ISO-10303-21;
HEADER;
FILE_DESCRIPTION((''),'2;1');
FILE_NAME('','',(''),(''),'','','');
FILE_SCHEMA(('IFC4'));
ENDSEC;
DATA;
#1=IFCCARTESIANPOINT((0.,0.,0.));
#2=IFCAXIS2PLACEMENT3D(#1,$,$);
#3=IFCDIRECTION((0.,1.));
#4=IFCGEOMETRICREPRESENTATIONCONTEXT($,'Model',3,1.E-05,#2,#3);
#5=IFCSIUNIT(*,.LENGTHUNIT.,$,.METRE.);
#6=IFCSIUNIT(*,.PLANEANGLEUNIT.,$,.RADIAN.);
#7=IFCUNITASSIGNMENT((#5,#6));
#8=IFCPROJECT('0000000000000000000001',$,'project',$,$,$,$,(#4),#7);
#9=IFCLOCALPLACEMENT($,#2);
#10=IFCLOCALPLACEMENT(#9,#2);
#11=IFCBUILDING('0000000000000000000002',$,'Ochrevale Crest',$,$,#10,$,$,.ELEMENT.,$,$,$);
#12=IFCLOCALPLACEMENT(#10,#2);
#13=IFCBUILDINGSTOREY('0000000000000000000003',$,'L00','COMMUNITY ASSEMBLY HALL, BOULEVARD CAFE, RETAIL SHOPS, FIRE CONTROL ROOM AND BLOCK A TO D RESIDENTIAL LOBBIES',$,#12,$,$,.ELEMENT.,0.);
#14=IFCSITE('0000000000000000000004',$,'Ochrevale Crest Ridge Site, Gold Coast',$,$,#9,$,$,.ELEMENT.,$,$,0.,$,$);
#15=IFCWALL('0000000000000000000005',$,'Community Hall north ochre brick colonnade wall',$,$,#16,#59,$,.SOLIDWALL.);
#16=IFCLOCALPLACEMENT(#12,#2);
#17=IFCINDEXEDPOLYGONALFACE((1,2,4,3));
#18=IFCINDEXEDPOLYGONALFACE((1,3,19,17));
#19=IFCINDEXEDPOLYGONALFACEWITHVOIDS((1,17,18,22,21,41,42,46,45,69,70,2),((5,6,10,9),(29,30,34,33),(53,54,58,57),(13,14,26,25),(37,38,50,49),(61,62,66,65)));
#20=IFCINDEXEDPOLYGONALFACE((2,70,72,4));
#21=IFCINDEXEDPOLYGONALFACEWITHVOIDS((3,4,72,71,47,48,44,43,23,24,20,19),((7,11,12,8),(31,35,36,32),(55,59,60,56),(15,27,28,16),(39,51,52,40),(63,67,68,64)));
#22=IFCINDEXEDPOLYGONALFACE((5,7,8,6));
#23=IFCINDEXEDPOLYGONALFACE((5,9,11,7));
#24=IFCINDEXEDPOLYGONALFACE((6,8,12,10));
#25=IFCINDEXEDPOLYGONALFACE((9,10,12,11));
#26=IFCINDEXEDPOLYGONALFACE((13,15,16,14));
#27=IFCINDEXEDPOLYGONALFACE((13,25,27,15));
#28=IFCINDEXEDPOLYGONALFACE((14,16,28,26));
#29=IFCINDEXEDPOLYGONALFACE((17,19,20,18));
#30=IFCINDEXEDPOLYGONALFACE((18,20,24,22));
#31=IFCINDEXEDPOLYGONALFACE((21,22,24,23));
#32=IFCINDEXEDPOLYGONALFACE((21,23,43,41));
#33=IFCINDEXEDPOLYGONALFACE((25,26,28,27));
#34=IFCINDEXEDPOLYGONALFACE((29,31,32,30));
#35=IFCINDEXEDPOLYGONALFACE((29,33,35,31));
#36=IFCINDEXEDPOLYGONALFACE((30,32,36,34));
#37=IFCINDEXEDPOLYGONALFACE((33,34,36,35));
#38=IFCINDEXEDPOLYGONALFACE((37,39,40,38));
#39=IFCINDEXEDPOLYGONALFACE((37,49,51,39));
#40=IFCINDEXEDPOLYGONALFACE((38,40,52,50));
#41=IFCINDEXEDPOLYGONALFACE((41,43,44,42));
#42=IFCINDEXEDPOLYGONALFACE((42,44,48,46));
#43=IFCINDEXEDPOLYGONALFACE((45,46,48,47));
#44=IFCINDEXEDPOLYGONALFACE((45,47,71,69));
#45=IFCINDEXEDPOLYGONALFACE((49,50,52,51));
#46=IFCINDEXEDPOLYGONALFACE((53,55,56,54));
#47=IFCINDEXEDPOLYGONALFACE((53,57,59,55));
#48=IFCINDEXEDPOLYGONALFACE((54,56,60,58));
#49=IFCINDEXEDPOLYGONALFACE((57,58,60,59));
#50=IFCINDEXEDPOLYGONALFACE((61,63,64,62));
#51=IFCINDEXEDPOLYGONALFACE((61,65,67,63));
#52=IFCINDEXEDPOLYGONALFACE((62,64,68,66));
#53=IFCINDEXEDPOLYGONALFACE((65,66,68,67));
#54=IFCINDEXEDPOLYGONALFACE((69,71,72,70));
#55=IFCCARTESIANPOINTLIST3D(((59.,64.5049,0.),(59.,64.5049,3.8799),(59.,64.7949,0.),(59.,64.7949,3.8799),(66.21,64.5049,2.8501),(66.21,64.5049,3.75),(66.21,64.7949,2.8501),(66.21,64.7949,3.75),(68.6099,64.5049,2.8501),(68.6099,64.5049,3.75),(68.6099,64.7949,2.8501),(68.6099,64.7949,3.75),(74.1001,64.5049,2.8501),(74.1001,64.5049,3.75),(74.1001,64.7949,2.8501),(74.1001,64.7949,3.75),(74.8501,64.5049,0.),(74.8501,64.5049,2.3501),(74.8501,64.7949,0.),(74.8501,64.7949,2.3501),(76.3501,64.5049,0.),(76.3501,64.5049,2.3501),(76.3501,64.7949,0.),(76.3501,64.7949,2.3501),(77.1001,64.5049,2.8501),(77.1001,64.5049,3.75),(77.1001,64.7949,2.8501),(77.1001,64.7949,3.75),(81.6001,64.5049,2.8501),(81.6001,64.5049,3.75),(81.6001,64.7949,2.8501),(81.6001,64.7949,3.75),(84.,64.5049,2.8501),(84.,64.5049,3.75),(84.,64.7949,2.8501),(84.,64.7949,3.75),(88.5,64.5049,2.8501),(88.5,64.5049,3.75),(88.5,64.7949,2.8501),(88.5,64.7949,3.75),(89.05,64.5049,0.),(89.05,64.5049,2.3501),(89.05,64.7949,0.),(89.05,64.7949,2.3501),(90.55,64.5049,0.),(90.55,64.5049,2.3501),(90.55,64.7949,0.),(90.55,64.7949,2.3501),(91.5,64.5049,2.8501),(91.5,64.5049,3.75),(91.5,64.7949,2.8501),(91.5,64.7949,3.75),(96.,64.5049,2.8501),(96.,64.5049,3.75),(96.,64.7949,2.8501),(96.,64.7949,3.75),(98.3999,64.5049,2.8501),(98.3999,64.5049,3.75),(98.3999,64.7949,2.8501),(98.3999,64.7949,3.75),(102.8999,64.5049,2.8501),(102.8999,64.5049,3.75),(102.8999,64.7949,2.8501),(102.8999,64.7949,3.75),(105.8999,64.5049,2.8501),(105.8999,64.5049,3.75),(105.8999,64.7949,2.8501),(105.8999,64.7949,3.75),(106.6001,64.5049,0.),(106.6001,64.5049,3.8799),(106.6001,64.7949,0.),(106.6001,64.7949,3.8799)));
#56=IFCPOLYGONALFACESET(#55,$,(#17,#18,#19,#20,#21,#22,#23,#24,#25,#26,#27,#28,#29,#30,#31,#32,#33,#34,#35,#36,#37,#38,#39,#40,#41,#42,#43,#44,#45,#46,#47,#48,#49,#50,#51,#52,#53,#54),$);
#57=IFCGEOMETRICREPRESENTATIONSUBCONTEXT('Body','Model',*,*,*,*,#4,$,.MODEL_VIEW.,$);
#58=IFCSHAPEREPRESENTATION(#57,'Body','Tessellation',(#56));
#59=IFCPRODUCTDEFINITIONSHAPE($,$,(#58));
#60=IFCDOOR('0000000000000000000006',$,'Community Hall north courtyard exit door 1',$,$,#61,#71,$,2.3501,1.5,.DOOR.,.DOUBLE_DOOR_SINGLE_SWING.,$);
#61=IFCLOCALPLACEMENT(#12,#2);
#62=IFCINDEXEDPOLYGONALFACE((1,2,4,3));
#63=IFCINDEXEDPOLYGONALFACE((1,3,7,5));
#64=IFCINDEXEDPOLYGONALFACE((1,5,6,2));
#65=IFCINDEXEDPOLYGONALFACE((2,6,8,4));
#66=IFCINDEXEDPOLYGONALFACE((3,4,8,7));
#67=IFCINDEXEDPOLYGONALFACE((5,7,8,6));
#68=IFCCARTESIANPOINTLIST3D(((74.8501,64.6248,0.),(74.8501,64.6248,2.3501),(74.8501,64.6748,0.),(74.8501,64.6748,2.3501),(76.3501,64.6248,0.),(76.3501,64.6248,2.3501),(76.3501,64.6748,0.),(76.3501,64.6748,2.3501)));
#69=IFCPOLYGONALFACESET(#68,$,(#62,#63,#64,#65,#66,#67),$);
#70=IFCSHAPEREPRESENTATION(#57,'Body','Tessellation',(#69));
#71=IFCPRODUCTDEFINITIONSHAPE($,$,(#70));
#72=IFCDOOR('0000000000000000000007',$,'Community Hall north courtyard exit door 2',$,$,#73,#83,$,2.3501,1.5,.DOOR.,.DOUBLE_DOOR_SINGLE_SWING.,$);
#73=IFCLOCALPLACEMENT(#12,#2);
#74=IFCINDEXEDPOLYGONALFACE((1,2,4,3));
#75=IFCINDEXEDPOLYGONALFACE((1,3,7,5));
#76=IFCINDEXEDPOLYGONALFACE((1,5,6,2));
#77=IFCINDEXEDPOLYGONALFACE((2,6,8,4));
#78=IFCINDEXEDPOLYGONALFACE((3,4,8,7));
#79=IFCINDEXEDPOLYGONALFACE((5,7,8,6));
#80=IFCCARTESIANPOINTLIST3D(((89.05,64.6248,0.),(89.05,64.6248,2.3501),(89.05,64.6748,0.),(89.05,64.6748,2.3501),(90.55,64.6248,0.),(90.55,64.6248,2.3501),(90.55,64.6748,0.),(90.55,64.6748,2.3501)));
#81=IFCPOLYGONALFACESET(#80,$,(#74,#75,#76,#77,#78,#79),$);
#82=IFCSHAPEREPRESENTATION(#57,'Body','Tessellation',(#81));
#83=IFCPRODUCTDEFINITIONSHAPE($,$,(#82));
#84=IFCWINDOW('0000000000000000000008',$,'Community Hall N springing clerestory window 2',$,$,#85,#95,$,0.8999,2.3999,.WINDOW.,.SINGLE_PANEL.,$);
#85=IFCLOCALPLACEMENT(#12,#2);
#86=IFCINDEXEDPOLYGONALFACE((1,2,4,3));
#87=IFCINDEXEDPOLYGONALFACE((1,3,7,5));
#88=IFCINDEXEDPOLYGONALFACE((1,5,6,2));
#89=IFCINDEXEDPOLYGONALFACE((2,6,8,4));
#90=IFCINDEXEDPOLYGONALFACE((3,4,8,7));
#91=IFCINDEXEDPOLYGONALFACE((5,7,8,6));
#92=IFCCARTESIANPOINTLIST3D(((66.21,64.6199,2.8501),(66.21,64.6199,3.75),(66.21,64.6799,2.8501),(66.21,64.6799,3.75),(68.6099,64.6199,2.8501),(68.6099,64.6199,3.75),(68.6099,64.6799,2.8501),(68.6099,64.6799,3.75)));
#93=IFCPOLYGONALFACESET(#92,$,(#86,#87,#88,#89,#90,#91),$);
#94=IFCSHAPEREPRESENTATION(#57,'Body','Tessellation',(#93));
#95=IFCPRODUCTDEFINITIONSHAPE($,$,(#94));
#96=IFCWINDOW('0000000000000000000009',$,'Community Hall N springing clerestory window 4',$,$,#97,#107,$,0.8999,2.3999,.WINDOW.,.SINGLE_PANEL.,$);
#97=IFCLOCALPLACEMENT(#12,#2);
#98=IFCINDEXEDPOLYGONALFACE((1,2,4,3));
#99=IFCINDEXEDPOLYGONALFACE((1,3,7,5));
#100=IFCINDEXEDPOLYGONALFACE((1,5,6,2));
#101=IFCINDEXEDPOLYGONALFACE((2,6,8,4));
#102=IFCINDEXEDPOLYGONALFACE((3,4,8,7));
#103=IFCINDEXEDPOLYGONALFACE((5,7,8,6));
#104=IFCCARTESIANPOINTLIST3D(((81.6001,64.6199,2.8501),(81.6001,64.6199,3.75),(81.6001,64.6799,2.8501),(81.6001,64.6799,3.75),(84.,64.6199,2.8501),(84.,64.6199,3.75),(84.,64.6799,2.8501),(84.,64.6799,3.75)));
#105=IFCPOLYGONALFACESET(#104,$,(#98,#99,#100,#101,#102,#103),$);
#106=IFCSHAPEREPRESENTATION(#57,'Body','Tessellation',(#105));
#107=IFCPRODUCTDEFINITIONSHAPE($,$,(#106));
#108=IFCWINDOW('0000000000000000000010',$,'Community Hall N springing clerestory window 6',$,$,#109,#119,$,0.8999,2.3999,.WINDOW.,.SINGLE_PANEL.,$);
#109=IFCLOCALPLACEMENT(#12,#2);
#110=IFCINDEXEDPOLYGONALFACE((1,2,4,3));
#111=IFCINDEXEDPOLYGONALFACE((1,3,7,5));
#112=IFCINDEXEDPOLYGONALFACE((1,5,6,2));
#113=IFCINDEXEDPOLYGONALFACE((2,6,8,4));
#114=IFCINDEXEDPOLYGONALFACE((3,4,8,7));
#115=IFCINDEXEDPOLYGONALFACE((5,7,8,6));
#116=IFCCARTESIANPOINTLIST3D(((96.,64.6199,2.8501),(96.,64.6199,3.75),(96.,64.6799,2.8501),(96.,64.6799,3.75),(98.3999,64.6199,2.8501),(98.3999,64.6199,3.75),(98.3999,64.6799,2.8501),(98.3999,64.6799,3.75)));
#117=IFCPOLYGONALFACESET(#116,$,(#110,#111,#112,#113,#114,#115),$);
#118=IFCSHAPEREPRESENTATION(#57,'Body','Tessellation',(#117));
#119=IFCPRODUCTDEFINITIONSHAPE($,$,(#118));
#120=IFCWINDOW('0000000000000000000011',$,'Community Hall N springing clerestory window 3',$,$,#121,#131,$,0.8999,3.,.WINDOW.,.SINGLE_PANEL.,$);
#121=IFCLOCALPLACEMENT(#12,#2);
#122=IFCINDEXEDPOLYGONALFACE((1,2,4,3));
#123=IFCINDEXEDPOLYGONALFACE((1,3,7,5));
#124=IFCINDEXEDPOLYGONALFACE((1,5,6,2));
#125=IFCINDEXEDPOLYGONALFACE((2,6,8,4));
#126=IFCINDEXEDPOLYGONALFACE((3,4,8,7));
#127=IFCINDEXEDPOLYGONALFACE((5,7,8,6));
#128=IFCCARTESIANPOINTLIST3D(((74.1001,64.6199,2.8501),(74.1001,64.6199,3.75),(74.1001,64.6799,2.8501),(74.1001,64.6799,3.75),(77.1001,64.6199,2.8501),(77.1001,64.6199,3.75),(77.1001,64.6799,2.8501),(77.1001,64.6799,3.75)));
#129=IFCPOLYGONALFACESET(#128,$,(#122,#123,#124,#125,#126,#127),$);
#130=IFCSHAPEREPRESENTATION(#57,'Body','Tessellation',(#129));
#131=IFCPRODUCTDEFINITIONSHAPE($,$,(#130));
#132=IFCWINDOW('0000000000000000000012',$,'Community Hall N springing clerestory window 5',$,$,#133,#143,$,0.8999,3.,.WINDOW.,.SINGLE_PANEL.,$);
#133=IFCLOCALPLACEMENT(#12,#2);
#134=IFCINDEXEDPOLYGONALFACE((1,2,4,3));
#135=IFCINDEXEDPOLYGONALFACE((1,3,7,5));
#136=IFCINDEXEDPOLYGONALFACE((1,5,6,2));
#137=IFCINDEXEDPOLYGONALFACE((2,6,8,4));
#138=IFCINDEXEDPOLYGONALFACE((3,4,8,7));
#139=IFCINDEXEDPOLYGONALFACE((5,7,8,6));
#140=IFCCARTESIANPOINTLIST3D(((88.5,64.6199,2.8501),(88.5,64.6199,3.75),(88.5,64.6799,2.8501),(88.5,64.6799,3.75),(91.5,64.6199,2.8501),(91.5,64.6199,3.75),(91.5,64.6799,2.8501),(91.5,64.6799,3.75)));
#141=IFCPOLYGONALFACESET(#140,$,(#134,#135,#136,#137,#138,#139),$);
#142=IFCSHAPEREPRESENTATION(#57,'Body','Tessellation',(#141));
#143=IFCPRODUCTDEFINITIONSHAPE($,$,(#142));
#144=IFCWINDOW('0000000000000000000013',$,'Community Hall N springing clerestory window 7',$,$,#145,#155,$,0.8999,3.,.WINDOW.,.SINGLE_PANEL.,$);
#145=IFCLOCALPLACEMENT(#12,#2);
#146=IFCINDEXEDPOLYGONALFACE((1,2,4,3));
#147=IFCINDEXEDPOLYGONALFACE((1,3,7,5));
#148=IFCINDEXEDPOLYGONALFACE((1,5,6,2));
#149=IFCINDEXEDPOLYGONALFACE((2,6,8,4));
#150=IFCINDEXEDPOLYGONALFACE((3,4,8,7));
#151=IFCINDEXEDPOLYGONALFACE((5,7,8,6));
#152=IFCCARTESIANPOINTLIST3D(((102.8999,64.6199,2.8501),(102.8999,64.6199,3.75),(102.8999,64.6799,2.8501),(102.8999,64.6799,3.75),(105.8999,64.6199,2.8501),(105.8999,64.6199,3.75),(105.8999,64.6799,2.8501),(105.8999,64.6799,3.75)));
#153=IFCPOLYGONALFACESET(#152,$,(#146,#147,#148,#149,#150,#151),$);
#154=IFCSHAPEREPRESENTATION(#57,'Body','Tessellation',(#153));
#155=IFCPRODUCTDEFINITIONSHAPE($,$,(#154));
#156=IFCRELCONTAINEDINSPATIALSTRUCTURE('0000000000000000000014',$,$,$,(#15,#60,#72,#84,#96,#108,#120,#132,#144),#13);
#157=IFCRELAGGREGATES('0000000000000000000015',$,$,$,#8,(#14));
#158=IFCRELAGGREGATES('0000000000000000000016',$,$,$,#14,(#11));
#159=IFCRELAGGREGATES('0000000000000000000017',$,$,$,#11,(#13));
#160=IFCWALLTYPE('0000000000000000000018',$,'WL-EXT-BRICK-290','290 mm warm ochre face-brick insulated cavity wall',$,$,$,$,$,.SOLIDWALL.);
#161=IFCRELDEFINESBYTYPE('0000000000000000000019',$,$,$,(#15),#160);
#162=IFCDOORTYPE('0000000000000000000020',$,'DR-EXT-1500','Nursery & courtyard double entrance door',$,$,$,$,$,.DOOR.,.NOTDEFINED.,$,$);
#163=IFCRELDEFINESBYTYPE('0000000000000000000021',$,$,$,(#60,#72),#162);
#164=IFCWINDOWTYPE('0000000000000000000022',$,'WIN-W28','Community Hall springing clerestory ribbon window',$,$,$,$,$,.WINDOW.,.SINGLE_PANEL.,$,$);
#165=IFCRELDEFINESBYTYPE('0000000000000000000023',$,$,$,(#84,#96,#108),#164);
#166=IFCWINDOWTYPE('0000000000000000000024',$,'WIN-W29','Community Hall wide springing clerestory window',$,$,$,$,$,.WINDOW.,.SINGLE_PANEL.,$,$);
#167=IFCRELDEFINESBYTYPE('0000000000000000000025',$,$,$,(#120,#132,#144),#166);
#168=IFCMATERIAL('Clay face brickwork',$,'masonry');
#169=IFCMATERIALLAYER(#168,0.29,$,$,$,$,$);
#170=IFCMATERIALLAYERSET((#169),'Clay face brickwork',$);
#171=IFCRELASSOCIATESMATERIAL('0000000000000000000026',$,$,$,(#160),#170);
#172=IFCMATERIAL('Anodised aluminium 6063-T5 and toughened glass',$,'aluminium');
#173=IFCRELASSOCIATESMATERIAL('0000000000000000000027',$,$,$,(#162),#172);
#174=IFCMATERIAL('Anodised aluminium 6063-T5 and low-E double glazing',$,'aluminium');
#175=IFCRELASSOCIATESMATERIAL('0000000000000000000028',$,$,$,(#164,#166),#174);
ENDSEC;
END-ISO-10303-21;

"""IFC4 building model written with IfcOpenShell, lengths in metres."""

from ifc_helpers import new_model, si_unit, direction, frame, frame_2d, origin, place, context, subcontext, project, spatial, rectangle, extrude, material, layer, layer_set, type_object, element, fill, save


model = new_model("IFC4")

# Units and contexts
model_context = context("Model", 3, precision=1e-05, world=origin(), true_north=direction((0.0, 1.0)))
body_context = subcontext(model_context, "Body", "Model", "MODEL_VIEW")
ifc_project = project(units=[si_unit("LENGTHUNIT", "METRE"), si_unit("PLANEANGLEUNIT", "RADIAN")], contexts=[model_context])

# Site, building, storey
site_placement = place(None, origin())
site = spatial("IfcSite", under=ifc_project, at=site_placement, Name="Ochrevale Crest Ridge Site, Gold Coast", CompositionType="ELEMENT", RefElevation=0.0)
building_placement = place(site_placement, origin())
building = spatial("IfcBuilding", under=site, at=building_placement, Name="Ochrevale Crest", CompositionType="ELEMENT")
storey_placement = place(building_placement, origin())
storey = spatial("IfcBuildingStorey", under=building, at=storey_placement, Name="L00", Description="COMMUNITY ASSEMBLY HALL, BOULEVARD CAFE, RETAIL SHOPS, FIRE CONTROL ROOM AND BLOCK A TO D RESIDENTIAL LOBBIES", CompositionType="ELEMENT", Elevation=0.0)

# Wall, openings, doors, windows
ifc_material_1 = material(Name="Clay face brickwork", Category="masonry")
ifc_layer_1 = layer(ifc_material_1, 0.29)
ifc_layer_set_1 = layer_set([ifc_layer_1], Name="Clay face brickwork")
wall_type_1 = type_object("IfcWallType", Name="WL-EXT-BRICK-290", Description="290 mm warm ochre face-brick insulated cavity wall", PredefinedType="SOLIDWALL", material=ifc_layer_set_1)
wall_1_placement = place(storey_placement, frame((59.0, 64.6499, 0.0), z_axis=(0.0, 0.0, 1.0), x_axis=(1.0, 0.0, 0.0)))
wall_1 = element("IfcWall", 1, at=wall_1_placement, inside=storey, type_object=wall_type_1, Name="Community Hall north ochre brick colonnade wall", PredefinedType="SOLIDWALL", context=body_context, shape_type="SweptSolid", body=[
    extrude(rectangle(XDim=47.6001, YDim=0.29, at=frame_2d((23.8, 0.0))), origin(), (0.0, 0.0, 1.0), 3.8799),
])
opening_1_placement = place(wall_1_placement, frame((15.8501, 0.0, 0.0)))
opening_1 = element("IfcOpeningElement", 2, at=opening_1_placement, cuts=wall_1, PredefinedType="OPENING", context=body_context, shape_type="SweptSolid", body=[
    extrude(rectangle(XDim=1.5, YDim=2.3501, at=frame_2d((0.75, 1.175))), frame((0.0, 0.155, 0.0), z_axis=(0.0, -1.0, 0.0), x_axis=(1.0, 0.0, 0.0)), (0.0, 0.0, 1.0), 0.3101),
])
opening_2_placement = place(wall_1_placement, frame((30.05, 0.0, 0.0)))
opening_2 = element("IfcOpeningElement", 3, at=opening_2_placement, cuts=wall_1, PredefinedType="OPENING", context=body_context, shape_type="SweptSolid", body=[
    extrude(rectangle(XDim=1.5, YDim=2.3501, at=frame_2d((0.75, 1.175))), frame((0.0, 0.155, 0.0), z_axis=(0.0, -1.0, 0.0), x_axis=(1.0, 0.0, 0.0)), (0.0, 0.0, 1.0), 0.3101),
])
opening_3_placement = place(wall_1_placement, frame((7.21, 0.0, 2.8501)))
opening_3 = element("IfcOpeningElement", 4, at=opening_3_placement, cuts=wall_1, PredefinedType="OPENING", context=body_context, shape_type="SweptSolid", body=[
    extrude(rectangle(XDim=2.3999, YDim=0.8999, at=frame_2d((1.2, 0.45))), frame((0.0, 0.155, 0.0), z_axis=(0.0, -1.0, 0.0), x_axis=(1.0, 0.0, 0.0)), (0.0, 0.0, 1.0), 0.3101),
])
opening_4_placement = place(wall_1_placement, frame((15.1001, 0.0, 2.8501)))
opening_4 = element("IfcOpeningElement", 5, at=opening_4_placement, cuts=wall_1, PredefinedType="OPENING", context=body_context, shape_type="SweptSolid", body=[
    extrude(rectangle(XDim=3.0, YDim=0.8999, at=frame_2d((1.5, 0.45))), frame((0.0, 0.155, 0.0), z_axis=(0.0, -1.0, 0.0), x_axis=(1.0, 0.0, 0.0)), (0.0, 0.0, 1.0), 0.3101),
])
opening_5_placement = place(wall_1_placement, frame((22.6001, 0.0, 2.8501)))
opening_5 = element("IfcOpeningElement", 6, at=opening_5_placement, cuts=wall_1, PredefinedType="OPENING", context=body_context, shape_type="SweptSolid", body=[
    extrude(rectangle(XDim=2.3999, YDim=0.8999, at=frame_2d((1.2, 0.45))), frame((0.0, 0.155, 0.0), z_axis=(0.0, -1.0, 0.0), x_axis=(1.0, 0.0, 0.0)), (0.0, 0.0, 1.0), 0.3101),
])
opening_6_placement = place(wall_1_placement, frame((29.5, 0.0, 2.8501)))
opening_6 = element("IfcOpeningElement", 7, at=opening_6_placement, cuts=wall_1, PredefinedType="OPENING", context=body_context, shape_type="SweptSolid", body=[
    extrude(rectangle(XDim=3.0, YDim=0.8999, at=frame_2d((1.5, 0.45))), frame((0.0, 0.155, 0.0), z_axis=(0.0, -1.0, 0.0), x_axis=(1.0, 0.0, 0.0)), (0.0, 0.0, 1.0), 0.3101),
])
opening_7_placement = place(wall_1_placement, frame((37.0, 0.0, 2.8501)))
opening_7 = element("IfcOpeningElement", 8, at=opening_7_placement, cuts=wall_1, PredefinedType="OPENING", context=body_context, shape_type="SweptSolid", body=[
    extrude(rectangle(XDim=2.3999, YDim=0.8999, at=frame_2d((1.2, 0.45))), frame((0.0, 0.155, 0.0), z_axis=(0.0, -1.0, 0.0), x_axis=(1.0, 0.0, 0.0)), (0.0, 0.0, 1.0), 0.3101),
])
opening_8_placement = place(wall_1_placement, frame((43.8999, 0.0, 2.8501)))
opening_8 = element("IfcOpeningElement", 9, at=opening_8_placement, cuts=wall_1, PredefinedType="OPENING", context=body_context, shape_type="SweptSolid", body=[
    extrude(rectangle(XDim=3.0, YDim=0.8999, at=frame_2d((1.5, 0.45))), frame((0.0, 0.155, 0.0), z_axis=(0.0, -1.0, 0.0), x_axis=(1.0, 0.0, 0.0)), (0.0, 0.0, 1.0), 0.3101),
])
ifc_material_2 = material(Name="Anodised aluminium 6063-T5 and toughened glass", Category="aluminium")
door_type = type_object("IfcDoorType", Name="DR-EXT-1500", Description="Nursery & courtyard double entrance door", OperationType="NOTDEFINED", PredefinedType="DOOR", material=ifc_material_2)
door_1_placement = place(opening_1_placement, origin())
door_1 = element("IfcDoor", 10, at=door_1_placement, inside=storey, type_object=door_type, Name="Community Hall north courtyard exit door 1", OperationType="DOUBLE_DOOR_SINGLE_SWING", OverallHeight=2.3501, OverallWidth=1.5, PredefinedType="DOOR", context=body_context, shape_type="SweptSolid", body=[
    extrude(rectangle(XDim=1.5, YDim=2.3501, at=frame_2d((0.75, 1.175))), frame((0.0, 0.0249, 0.0), z_axis=(0.0, -1.0, 0.0), x_axis=(1.0, 0.0, 0.0)), (0.0, 0.0, 1.0), 0.05),
])
fill(opening_1, door_1)
door_2_placement = place(opening_2_placement, origin())
door_2 = element("IfcDoor", 11, at=door_2_placement, inside=storey, type_object=door_type, Name="Community Hall north courtyard exit door 2", OperationType="DOUBLE_DOOR_SINGLE_SWING", OverallHeight=2.3501, OverallWidth=1.5, PredefinedType="DOOR", context=body_context, shape_type="SweptSolid", body=[
    extrude(rectangle(XDim=1.5, YDim=2.3501, at=frame_2d((0.75, 1.175))), frame((0.0, 0.0249, 0.0), z_axis=(0.0, -1.0, 0.0), x_axis=(1.0, 0.0, 0.0)), (0.0, 0.0, 1.0), 0.05),
])
fill(opening_2, door_2)
ifc_material_3 = material(Name="Anodised aluminium 6063-T5 and low-E double glazing", Category="aluminium")
window_type_1 = type_object("IfcWindowType", Name="WIN-W28", Description="Community Hall springing clerestory ribbon window", PartitioningType="SINGLE_PANEL", PredefinedType="WINDOW", material=ifc_material_3)
window_1_placement = place(opening_3_placement, origin())
window_1 = element("IfcWindow", 12, at=window_1_placement, inside=storey, type_object=window_type_1, Name="Community Hall N springing clerestory window 2", OverallHeight=0.8999, OverallWidth=2.3999, PartitioningType="SINGLE_PANEL", PredefinedType="WINDOW", context=body_context, shape_type="SweptSolid", body=[
    extrude(rectangle(XDim=2.3999, YDim=0.8999, at=frame_2d((1.2, 0.45))), frame((0.0, 0.03, 0.0), z_axis=(0.0, -1.0, 0.0), x_axis=(1.0, 0.0, 0.0)), (0.0, 0.0, 1.0), 0.0601),
])
fill(opening_3, window_1)
window_2_placement = place(opening_5_placement, origin())
window_2 = element("IfcWindow", 13, at=window_2_placement, inside=storey, type_object=window_type_1, Name="Community Hall N springing clerestory window 4", OverallHeight=0.8999, OverallWidth=2.3999, PartitioningType="SINGLE_PANEL", PredefinedType="WINDOW", context=body_context, shape_type="SweptSolid", body=[
    extrude(rectangle(XDim=2.3999, YDim=0.8999, at=frame_2d((1.2, 0.45))), frame((0.0, 0.03, 0.0), z_axis=(0.0, -1.0, 0.0), x_axis=(1.0, 0.0, 0.0)), (0.0, 0.0, 1.0), 0.0601),
])
fill(opening_5, window_2)
window_3_placement = place(opening_7_placement, origin())
window_3 = element("IfcWindow", 14, at=window_3_placement, inside=storey, type_object=window_type_1, Name="Community Hall N springing clerestory window 6", OverallHeight=0.8999, OverallWidth=2.3999, PartitioningType="SINGLE_PANEL", PredefinedType="WINDOW", context=body_context, shape_type="SweptSolid", body=[
    extrude(rectangle(XDim=2.3999, YDim=0.8999, at=frame_2d((1.2, 0.45))), frame((0.0, 0.03, 0.0), z_axis=(0.0, -1.0, 0.0), x_axis=(1.0, 0.0, 0.0)), (0.0, 0.0, 1.0), 0.0601),
])
fill(opening_7, window_3)
window_type_2 = type_object("IfcWindowType", Name="WIN-W29", Description="Community Hall wide springing clerestory window", PartitioningType="SINGLE_PANEL", PredefinedType="WINDOW", material=ifc_material_3)
window_4_placement = place(opening_4_placement, origin())
window_4 = element("IfcWindow", 15, at=window_4_placement, inside=storey, type_object=window_type_2, Name="Community Hall N springing clerestory window 3", OverallHeight=0.8999, OverallWidth=3.0, PartitioningType="SINGLE_PANEL", PredefinedType="WINDOW", context=body_context, shape_type="SweptSolid", body=[
    extrude(rectangle(XDim=3.0, YDim=0.8999, at=frame_2d((1.5, 0.45))), frame((0.0, 0.03, 0.0), z_axis=(0.0, -1.0, 0.0), x_axis=(1.0, 0.0, 0.0)), (0.0, 0.0, 1.0), 0.0601),
])
fill(opening_4, window_4)
window_5_placement = place(opening_6_placement, origin())
window_5 = element("IfcWindow", 16, at=window_5_placement, inside=storey, type_object=window_type_2, Name="Community Hall N springing clerestory window 5", OverallHeight=0.8999, OverallWidth=3.0, PartitioningType="SINGLE_PANEL", PredefinedType="WINDOW", context=body_context, shape_type="SweptSolid", body=[
    extrude(rectangle(XDim=3.0, YDim=0.8999, at=frame_2d((1.5, 0.45))), frame((0.0, 0.03, 0.0), z_axis=(0.0, -1.0, 0.0), x_axis=(1.0, 0.0, 0.0)), (0.0, 0.0, 1.0), 0.0601),
])
fill(opening_6, window_5)
window_6_placement = place(opening_8_placement, origin())
window_6 = element("IfcWindow", 17, at=window_6_placement, inside=storey, type_object=window_type_2, Name="Community Hall N springing clerestory window 7", OverallHeight=0.8999, OverallWidth=3.0, PartitioningType="SINGLE_PANEL", PredefinedType="WINDOW", context=body_context, shape_type="SweptSolid", body=[
    extrude(rectangle(XDim=3.0, YDim=0.8999, at=frame_2d((1.5, 0.45))), frame((0.0, 0.03, 0.0), z_axis=(0.0, -1.0, 0.0), x_axis=(1.0, 0.0, 0.0)), (0.0, 0.0, 1.0), 0.0601),
])
fill(opening_8, window_6)

save(model, "model.ifc")
